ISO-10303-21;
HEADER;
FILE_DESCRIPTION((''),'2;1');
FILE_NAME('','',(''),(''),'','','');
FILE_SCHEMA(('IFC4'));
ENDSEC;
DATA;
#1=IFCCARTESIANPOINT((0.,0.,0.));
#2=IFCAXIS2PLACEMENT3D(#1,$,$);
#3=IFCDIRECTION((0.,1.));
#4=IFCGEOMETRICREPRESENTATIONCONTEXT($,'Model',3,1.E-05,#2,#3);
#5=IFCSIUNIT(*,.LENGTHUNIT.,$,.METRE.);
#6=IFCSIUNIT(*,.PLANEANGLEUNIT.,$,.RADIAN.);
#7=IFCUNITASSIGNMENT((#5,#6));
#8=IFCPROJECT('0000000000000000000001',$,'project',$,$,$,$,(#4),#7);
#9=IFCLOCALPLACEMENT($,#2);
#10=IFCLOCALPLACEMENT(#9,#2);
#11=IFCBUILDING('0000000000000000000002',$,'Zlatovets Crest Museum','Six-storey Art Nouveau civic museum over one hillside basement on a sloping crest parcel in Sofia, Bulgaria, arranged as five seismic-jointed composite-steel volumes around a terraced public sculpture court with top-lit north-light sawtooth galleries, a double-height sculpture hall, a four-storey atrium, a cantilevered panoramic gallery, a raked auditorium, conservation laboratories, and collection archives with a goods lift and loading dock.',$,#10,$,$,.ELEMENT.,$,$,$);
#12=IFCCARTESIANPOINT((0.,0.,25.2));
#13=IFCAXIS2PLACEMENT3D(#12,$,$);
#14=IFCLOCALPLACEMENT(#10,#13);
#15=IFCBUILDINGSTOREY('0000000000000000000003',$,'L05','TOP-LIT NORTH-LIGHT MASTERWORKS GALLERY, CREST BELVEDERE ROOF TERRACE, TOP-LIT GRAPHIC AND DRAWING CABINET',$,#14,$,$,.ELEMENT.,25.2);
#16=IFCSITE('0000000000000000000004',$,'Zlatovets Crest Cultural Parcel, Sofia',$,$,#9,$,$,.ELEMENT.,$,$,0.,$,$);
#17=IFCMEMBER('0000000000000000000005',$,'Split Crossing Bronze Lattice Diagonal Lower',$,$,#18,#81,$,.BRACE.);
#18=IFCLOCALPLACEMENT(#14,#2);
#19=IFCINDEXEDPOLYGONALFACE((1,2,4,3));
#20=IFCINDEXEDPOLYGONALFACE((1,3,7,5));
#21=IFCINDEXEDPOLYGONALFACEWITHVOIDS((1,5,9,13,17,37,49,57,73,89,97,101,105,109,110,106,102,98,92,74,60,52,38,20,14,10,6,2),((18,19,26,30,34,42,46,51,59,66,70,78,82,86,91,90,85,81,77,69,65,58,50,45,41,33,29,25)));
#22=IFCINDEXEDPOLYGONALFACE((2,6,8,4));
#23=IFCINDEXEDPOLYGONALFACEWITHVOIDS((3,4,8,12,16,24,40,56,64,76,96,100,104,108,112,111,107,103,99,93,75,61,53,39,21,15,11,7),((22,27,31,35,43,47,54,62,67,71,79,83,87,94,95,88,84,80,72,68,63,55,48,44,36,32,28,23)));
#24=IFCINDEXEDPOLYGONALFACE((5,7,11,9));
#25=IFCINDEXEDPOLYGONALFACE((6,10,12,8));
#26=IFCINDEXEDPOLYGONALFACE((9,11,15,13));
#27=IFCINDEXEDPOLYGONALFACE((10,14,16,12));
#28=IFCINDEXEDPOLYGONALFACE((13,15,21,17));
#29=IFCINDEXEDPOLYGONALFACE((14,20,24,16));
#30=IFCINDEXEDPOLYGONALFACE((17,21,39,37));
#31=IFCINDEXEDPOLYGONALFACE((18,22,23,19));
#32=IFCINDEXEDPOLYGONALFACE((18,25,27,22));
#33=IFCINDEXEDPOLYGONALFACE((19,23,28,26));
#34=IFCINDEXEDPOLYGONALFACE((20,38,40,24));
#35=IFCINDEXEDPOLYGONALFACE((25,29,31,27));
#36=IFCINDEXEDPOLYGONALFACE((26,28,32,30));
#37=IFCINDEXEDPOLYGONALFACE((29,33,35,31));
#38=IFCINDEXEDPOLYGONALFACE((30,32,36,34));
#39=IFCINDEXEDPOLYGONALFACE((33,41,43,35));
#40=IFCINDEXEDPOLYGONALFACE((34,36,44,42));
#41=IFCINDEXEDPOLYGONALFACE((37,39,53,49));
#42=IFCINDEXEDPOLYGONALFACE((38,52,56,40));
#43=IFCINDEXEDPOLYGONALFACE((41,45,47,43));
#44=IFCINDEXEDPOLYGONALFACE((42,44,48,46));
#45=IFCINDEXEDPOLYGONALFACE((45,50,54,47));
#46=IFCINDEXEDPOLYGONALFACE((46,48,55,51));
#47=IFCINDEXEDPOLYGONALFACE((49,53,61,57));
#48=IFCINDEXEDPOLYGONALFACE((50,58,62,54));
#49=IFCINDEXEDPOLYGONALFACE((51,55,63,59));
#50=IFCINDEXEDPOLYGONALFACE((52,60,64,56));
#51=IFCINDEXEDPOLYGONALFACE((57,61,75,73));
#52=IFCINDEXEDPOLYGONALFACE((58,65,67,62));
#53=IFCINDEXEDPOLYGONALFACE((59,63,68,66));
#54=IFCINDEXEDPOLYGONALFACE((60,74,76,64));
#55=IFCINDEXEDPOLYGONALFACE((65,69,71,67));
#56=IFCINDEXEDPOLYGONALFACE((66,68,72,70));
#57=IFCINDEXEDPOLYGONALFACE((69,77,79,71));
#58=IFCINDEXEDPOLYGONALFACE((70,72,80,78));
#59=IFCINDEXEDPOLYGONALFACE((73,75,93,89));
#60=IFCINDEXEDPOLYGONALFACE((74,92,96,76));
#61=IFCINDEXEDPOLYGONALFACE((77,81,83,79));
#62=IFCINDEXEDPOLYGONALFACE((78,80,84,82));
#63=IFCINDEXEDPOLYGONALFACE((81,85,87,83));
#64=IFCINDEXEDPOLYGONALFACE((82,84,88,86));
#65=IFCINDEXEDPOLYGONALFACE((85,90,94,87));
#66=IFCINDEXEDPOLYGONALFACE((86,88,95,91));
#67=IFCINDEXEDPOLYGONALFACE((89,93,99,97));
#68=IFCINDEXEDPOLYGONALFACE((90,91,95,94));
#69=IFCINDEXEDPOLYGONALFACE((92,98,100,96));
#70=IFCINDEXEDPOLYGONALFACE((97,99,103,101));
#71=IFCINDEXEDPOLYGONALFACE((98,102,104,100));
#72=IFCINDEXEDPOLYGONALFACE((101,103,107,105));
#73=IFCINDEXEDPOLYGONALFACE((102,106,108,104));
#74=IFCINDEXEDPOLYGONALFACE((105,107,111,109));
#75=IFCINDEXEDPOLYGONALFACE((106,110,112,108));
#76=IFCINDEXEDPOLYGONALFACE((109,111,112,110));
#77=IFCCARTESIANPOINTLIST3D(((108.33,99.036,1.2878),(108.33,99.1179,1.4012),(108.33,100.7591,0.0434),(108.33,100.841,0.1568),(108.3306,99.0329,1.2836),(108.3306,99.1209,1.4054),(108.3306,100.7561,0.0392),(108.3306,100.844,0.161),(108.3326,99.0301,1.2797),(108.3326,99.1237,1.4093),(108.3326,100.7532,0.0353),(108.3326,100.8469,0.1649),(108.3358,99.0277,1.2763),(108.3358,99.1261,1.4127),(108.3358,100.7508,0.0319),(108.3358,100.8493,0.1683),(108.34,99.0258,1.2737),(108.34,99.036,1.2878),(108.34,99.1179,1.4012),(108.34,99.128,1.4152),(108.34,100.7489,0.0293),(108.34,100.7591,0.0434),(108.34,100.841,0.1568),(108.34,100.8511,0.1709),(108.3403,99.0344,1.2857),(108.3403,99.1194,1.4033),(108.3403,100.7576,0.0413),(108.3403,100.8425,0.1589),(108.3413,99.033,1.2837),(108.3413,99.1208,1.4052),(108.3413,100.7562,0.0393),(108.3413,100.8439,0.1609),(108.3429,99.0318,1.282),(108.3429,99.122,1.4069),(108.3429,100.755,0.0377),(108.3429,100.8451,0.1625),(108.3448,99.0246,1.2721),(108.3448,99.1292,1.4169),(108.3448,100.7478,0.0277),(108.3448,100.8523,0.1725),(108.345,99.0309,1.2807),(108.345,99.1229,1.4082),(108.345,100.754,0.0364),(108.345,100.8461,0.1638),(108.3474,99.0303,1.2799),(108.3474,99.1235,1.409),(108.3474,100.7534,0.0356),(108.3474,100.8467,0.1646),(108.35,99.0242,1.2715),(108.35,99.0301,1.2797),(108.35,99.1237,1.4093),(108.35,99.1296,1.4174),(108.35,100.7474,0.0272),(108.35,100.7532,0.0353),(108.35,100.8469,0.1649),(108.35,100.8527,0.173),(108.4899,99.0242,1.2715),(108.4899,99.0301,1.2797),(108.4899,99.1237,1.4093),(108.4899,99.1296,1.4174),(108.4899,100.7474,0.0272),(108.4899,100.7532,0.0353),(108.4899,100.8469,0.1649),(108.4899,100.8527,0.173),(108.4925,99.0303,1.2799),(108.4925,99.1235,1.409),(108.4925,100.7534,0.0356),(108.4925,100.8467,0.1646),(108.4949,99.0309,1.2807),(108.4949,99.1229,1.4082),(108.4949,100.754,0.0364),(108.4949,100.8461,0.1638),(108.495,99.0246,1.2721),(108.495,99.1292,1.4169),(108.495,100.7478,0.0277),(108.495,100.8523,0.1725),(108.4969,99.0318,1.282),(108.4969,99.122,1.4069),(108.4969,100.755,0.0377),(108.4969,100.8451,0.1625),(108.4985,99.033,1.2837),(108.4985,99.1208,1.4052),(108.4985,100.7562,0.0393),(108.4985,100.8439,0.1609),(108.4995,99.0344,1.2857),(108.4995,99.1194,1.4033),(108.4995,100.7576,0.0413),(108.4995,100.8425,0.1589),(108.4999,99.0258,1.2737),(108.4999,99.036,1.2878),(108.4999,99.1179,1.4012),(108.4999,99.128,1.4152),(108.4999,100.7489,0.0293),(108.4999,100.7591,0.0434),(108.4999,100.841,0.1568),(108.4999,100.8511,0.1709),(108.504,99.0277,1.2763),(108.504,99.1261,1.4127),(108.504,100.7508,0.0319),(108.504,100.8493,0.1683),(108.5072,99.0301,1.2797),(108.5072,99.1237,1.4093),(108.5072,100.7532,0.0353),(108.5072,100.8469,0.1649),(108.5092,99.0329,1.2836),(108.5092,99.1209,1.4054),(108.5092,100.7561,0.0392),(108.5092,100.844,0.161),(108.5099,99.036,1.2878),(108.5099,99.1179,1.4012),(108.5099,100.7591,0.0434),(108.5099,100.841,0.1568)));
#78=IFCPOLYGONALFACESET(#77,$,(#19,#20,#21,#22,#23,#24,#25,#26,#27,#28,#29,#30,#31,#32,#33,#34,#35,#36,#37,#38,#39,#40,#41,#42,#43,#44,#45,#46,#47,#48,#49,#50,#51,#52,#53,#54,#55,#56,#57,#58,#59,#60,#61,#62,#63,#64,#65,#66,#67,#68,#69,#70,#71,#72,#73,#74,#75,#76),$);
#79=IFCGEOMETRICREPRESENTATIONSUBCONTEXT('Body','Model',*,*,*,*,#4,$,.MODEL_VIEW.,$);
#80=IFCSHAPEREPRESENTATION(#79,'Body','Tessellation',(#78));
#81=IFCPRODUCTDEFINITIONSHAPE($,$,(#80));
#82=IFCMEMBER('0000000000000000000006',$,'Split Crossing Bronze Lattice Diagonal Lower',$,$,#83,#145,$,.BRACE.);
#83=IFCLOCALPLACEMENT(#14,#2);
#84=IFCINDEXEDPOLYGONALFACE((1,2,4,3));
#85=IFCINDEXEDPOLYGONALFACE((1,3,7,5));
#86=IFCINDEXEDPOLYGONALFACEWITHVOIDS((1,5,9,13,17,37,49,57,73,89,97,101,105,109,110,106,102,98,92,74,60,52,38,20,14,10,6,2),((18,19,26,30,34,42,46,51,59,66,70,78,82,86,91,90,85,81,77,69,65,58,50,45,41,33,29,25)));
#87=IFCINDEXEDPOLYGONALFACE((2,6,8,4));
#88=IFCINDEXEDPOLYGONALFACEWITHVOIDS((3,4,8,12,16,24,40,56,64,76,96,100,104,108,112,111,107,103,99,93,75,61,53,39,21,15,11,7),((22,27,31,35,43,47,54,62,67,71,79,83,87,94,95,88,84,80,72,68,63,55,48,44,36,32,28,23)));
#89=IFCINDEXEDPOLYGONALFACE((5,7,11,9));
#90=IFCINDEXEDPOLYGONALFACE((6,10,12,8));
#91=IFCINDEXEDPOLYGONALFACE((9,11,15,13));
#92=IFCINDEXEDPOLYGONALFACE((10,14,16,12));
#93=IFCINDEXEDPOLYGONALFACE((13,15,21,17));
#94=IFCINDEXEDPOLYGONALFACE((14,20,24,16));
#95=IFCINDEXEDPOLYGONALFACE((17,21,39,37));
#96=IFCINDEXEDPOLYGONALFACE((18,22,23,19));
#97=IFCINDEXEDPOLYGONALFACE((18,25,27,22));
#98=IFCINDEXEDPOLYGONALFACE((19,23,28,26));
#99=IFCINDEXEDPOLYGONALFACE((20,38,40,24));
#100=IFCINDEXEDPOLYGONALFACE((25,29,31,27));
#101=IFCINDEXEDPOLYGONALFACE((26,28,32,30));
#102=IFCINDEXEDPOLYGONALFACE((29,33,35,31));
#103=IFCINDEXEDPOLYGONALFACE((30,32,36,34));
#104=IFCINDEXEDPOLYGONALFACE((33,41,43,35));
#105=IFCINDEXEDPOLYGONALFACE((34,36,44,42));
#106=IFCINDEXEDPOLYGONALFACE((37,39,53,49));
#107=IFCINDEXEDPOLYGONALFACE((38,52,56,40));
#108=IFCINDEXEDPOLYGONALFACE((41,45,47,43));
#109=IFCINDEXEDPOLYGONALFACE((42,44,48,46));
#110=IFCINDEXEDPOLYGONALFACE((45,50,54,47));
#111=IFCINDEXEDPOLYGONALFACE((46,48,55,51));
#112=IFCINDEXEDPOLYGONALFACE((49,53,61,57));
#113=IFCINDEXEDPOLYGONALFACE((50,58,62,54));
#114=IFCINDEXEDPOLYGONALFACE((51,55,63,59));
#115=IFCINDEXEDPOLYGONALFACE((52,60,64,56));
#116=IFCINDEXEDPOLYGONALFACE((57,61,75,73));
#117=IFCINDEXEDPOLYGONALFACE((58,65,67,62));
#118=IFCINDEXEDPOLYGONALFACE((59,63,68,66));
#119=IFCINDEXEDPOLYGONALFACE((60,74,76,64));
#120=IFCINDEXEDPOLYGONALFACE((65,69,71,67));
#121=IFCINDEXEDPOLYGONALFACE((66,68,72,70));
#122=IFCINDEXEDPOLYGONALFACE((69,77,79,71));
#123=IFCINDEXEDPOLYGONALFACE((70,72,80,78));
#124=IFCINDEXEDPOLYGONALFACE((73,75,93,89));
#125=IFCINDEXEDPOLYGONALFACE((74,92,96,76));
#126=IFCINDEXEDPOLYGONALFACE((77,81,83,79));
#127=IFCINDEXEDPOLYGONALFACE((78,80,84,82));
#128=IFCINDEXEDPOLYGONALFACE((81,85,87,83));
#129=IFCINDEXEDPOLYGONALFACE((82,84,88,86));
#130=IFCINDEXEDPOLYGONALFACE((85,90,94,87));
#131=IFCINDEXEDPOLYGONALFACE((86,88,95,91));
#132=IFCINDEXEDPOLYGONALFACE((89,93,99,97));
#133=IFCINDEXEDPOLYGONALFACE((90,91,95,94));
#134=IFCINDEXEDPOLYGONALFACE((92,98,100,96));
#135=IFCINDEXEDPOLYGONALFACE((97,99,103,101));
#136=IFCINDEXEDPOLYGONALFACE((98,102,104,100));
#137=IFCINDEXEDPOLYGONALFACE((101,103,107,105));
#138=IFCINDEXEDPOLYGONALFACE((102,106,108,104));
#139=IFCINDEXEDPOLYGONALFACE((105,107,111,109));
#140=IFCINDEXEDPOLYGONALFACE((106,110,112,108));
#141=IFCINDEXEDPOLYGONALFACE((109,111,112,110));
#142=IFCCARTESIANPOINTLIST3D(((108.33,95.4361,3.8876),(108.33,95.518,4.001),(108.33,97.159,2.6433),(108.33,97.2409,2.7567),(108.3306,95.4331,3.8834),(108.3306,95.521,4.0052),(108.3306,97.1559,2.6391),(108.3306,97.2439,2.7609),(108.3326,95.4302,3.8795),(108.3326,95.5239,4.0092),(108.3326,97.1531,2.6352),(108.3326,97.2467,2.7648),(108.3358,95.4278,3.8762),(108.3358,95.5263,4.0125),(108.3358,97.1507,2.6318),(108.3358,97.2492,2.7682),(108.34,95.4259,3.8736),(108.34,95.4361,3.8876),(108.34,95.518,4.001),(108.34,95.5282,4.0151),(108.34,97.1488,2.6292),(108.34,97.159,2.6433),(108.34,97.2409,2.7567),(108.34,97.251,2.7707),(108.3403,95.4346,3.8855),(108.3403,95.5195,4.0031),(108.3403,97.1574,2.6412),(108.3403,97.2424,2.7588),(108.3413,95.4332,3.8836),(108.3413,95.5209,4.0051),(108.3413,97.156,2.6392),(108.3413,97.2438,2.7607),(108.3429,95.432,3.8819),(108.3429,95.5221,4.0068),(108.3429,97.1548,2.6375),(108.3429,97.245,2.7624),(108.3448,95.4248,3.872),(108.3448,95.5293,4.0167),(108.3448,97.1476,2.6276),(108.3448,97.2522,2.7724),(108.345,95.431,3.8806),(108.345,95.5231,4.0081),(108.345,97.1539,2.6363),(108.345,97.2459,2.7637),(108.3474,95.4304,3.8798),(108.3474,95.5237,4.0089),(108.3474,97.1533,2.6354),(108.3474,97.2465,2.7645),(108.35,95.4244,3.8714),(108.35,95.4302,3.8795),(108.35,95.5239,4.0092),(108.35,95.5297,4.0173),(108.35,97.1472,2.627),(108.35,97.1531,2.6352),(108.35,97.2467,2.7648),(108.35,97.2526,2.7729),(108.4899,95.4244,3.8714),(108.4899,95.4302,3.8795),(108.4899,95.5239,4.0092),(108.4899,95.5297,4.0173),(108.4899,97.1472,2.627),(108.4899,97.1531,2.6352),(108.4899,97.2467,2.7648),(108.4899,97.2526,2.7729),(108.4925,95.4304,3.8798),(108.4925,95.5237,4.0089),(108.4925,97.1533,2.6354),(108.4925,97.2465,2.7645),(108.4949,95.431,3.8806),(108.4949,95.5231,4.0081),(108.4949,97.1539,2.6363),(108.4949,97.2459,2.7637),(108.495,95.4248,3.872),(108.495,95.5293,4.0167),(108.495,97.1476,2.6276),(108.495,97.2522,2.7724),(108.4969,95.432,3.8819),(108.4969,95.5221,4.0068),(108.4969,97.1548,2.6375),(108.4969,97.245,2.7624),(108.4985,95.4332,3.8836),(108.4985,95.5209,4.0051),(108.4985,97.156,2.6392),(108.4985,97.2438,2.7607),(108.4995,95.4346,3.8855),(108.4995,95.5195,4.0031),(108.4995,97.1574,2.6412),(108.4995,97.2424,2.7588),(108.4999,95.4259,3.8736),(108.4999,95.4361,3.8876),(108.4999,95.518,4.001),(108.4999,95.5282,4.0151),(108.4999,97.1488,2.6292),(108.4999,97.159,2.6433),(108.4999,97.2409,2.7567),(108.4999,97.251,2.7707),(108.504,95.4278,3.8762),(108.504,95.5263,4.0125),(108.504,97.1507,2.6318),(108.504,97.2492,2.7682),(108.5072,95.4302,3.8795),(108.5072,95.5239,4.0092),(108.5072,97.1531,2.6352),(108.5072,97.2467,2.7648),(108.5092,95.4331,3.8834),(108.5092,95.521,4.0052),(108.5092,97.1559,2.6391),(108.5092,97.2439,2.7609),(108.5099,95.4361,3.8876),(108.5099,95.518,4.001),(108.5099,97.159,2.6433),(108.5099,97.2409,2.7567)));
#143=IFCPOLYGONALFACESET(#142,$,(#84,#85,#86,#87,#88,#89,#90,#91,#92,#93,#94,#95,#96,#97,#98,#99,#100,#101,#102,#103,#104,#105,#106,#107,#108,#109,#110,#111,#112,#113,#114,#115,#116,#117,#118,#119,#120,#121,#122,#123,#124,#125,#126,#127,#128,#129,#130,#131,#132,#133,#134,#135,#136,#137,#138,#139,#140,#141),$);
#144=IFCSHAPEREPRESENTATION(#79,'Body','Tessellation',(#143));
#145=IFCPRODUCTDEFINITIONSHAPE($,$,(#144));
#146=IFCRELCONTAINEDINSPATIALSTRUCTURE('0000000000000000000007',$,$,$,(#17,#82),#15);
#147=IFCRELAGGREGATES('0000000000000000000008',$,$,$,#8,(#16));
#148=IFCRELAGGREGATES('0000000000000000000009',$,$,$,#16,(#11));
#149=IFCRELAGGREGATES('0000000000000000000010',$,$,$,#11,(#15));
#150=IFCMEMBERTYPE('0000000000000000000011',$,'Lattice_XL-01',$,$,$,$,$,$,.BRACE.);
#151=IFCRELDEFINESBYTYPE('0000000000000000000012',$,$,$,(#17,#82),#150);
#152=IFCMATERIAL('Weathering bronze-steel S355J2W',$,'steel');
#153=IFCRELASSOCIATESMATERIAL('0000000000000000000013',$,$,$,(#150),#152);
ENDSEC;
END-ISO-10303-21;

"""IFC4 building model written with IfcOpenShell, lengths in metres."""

from ifc_helpers import new_model, si_unit, direction, frame, origin, origin_2d, place, context, subcontext, project, spatial, hollow_rectangle, extrude, material, material_profile, profile_set, type_object, element, save


model = new_model("IFC4")

# Units and contexts
model_context = context("Model", 3, precision=1e-05, world=origin(), true_north=direction((0.0, 1.0)))
body_context = subcontext(model_context, "Body", "Model", "MODEL_VIEW")
ifc_project = project(units=[si_unit("LENGTHUNIT", "METRE"), si_unit("PLANEANGLEUNIT", "RADIAN")], contexts=[model_context])

# Site, building, storey
site_placement = place(None, origin())
site = spatial("IfcSite", under=ifc_project, at=site_placement, Name="Zlatovets Crest Cultural Parcel, Sofia", CompositionType="ELEMENT", RefElevation=0.0)
building_placement = place(site_placement, origin())
building = spatial("IfcBuilding", under=site, at=building_placement, Name="Zlatovets Crest Museum", Description="Six-storey Art Nouveau civic museum over one hillside basement on a sloping crest parcel in Sofia, Bulgaria, arranged as five seismic-jointed composite-steel volumes around a terraced public sculpture court with top-lit north-light sawtooth galleries, a double-height sculpture hall, a four-storey atrium, a cantilevered panoramic gallery, a raked auditorium, conservation laboratories, and collection archives with a goods lift and loading dock.", CompositionType="ELEMENT")
storey_placement = place(building_placement, frame((0.0, 0.0, 25.2)))
storey = spatial("IfcBuildingStorey", under=building, at=storey_placement, Name="L05", Description="TOP-LIT NORTH-LIGHT MASTERWORKS GALLERY, CREST BELVEDERE ROOF TERRACE, TOP-LIT GRAPHIC AND DRAWING CABINET", CompositionType="ELEMENT", Elevation=25.2)

# Members
ifc_material_1 = material(Name="Weathering bronze-steel S355J2W", Category="steel")
ifc_material_profile_1 = material_profile(ifc_material_1, hollow_rectangle(XDim=0.1799, YDim=0.1799, WallThickness=0.01, InnerFilletRadius=0.01, OuterFilletRadius=0.02, at=origin_2d()), Name="SHS 180x180x10.0")
ifc_profile_set_1 = profile_set([ifc_material_profile_1], Name="Weathering bronze-steel S355J2W")
member_type_1 = type_object("IfcMemberType", Name="Lattice_XL-01", PredefinedType="BRACE", material=ifc_profile_set_1)
for number, where, z_axis, x_axis, name in (
    (1, (108.4199, 99.0769, 1.3445), (0.0, 0.810703, -0.585457), (-1.0, 0.0, 0.0), "Split Crossing Bronze Lattice Diagonal Lower"),
):
    element("IfcMember", number, at=place(storey_placement, frame(where, z_axis=z_axis, x_axis=x_axis)), inside=storey, type_object=member_type_1, Name=name, PredefinedType="BRACE", context=body_context, shape_type="SweptSolid", body=[
        extrude(hollow_rectangle(XDim=0.1799, YDim=0.1799, WallThickness=0.01, InnerFilletRadius=0.01, OuterFilletRadius=0.02, at=origin_2d()), origin(), (0.0, 0.0, 1.0), 2.1255),
    ])
member_1_placement = place(storey_placement, frame((108.4199, 95.4771, 3.9443), z_axis=(0.0, 0.810664, -0.585512), x_axis=(-1.0, 0.0, 0.0)))
element("IfcMember", 2, at=member_1_placement, inside=storey, type_object=member_type_1, Name="Split Crossing Bronze Lattice Diagonal Lower", PredefinedType="BRACE", context=body_context, shape_type="SweptSolid", body=[
    extrude(hollow_rectangle(XDim=0.1799, YDim=0.1799, WallThickness=0.01, InnerFilletRadius=0.01, OuterFilletRadius=0.02, at=origin_2d()), origin(), (0.0, 0.0, 1.0), 2.1252),
])

save(model, "model.ifc")
